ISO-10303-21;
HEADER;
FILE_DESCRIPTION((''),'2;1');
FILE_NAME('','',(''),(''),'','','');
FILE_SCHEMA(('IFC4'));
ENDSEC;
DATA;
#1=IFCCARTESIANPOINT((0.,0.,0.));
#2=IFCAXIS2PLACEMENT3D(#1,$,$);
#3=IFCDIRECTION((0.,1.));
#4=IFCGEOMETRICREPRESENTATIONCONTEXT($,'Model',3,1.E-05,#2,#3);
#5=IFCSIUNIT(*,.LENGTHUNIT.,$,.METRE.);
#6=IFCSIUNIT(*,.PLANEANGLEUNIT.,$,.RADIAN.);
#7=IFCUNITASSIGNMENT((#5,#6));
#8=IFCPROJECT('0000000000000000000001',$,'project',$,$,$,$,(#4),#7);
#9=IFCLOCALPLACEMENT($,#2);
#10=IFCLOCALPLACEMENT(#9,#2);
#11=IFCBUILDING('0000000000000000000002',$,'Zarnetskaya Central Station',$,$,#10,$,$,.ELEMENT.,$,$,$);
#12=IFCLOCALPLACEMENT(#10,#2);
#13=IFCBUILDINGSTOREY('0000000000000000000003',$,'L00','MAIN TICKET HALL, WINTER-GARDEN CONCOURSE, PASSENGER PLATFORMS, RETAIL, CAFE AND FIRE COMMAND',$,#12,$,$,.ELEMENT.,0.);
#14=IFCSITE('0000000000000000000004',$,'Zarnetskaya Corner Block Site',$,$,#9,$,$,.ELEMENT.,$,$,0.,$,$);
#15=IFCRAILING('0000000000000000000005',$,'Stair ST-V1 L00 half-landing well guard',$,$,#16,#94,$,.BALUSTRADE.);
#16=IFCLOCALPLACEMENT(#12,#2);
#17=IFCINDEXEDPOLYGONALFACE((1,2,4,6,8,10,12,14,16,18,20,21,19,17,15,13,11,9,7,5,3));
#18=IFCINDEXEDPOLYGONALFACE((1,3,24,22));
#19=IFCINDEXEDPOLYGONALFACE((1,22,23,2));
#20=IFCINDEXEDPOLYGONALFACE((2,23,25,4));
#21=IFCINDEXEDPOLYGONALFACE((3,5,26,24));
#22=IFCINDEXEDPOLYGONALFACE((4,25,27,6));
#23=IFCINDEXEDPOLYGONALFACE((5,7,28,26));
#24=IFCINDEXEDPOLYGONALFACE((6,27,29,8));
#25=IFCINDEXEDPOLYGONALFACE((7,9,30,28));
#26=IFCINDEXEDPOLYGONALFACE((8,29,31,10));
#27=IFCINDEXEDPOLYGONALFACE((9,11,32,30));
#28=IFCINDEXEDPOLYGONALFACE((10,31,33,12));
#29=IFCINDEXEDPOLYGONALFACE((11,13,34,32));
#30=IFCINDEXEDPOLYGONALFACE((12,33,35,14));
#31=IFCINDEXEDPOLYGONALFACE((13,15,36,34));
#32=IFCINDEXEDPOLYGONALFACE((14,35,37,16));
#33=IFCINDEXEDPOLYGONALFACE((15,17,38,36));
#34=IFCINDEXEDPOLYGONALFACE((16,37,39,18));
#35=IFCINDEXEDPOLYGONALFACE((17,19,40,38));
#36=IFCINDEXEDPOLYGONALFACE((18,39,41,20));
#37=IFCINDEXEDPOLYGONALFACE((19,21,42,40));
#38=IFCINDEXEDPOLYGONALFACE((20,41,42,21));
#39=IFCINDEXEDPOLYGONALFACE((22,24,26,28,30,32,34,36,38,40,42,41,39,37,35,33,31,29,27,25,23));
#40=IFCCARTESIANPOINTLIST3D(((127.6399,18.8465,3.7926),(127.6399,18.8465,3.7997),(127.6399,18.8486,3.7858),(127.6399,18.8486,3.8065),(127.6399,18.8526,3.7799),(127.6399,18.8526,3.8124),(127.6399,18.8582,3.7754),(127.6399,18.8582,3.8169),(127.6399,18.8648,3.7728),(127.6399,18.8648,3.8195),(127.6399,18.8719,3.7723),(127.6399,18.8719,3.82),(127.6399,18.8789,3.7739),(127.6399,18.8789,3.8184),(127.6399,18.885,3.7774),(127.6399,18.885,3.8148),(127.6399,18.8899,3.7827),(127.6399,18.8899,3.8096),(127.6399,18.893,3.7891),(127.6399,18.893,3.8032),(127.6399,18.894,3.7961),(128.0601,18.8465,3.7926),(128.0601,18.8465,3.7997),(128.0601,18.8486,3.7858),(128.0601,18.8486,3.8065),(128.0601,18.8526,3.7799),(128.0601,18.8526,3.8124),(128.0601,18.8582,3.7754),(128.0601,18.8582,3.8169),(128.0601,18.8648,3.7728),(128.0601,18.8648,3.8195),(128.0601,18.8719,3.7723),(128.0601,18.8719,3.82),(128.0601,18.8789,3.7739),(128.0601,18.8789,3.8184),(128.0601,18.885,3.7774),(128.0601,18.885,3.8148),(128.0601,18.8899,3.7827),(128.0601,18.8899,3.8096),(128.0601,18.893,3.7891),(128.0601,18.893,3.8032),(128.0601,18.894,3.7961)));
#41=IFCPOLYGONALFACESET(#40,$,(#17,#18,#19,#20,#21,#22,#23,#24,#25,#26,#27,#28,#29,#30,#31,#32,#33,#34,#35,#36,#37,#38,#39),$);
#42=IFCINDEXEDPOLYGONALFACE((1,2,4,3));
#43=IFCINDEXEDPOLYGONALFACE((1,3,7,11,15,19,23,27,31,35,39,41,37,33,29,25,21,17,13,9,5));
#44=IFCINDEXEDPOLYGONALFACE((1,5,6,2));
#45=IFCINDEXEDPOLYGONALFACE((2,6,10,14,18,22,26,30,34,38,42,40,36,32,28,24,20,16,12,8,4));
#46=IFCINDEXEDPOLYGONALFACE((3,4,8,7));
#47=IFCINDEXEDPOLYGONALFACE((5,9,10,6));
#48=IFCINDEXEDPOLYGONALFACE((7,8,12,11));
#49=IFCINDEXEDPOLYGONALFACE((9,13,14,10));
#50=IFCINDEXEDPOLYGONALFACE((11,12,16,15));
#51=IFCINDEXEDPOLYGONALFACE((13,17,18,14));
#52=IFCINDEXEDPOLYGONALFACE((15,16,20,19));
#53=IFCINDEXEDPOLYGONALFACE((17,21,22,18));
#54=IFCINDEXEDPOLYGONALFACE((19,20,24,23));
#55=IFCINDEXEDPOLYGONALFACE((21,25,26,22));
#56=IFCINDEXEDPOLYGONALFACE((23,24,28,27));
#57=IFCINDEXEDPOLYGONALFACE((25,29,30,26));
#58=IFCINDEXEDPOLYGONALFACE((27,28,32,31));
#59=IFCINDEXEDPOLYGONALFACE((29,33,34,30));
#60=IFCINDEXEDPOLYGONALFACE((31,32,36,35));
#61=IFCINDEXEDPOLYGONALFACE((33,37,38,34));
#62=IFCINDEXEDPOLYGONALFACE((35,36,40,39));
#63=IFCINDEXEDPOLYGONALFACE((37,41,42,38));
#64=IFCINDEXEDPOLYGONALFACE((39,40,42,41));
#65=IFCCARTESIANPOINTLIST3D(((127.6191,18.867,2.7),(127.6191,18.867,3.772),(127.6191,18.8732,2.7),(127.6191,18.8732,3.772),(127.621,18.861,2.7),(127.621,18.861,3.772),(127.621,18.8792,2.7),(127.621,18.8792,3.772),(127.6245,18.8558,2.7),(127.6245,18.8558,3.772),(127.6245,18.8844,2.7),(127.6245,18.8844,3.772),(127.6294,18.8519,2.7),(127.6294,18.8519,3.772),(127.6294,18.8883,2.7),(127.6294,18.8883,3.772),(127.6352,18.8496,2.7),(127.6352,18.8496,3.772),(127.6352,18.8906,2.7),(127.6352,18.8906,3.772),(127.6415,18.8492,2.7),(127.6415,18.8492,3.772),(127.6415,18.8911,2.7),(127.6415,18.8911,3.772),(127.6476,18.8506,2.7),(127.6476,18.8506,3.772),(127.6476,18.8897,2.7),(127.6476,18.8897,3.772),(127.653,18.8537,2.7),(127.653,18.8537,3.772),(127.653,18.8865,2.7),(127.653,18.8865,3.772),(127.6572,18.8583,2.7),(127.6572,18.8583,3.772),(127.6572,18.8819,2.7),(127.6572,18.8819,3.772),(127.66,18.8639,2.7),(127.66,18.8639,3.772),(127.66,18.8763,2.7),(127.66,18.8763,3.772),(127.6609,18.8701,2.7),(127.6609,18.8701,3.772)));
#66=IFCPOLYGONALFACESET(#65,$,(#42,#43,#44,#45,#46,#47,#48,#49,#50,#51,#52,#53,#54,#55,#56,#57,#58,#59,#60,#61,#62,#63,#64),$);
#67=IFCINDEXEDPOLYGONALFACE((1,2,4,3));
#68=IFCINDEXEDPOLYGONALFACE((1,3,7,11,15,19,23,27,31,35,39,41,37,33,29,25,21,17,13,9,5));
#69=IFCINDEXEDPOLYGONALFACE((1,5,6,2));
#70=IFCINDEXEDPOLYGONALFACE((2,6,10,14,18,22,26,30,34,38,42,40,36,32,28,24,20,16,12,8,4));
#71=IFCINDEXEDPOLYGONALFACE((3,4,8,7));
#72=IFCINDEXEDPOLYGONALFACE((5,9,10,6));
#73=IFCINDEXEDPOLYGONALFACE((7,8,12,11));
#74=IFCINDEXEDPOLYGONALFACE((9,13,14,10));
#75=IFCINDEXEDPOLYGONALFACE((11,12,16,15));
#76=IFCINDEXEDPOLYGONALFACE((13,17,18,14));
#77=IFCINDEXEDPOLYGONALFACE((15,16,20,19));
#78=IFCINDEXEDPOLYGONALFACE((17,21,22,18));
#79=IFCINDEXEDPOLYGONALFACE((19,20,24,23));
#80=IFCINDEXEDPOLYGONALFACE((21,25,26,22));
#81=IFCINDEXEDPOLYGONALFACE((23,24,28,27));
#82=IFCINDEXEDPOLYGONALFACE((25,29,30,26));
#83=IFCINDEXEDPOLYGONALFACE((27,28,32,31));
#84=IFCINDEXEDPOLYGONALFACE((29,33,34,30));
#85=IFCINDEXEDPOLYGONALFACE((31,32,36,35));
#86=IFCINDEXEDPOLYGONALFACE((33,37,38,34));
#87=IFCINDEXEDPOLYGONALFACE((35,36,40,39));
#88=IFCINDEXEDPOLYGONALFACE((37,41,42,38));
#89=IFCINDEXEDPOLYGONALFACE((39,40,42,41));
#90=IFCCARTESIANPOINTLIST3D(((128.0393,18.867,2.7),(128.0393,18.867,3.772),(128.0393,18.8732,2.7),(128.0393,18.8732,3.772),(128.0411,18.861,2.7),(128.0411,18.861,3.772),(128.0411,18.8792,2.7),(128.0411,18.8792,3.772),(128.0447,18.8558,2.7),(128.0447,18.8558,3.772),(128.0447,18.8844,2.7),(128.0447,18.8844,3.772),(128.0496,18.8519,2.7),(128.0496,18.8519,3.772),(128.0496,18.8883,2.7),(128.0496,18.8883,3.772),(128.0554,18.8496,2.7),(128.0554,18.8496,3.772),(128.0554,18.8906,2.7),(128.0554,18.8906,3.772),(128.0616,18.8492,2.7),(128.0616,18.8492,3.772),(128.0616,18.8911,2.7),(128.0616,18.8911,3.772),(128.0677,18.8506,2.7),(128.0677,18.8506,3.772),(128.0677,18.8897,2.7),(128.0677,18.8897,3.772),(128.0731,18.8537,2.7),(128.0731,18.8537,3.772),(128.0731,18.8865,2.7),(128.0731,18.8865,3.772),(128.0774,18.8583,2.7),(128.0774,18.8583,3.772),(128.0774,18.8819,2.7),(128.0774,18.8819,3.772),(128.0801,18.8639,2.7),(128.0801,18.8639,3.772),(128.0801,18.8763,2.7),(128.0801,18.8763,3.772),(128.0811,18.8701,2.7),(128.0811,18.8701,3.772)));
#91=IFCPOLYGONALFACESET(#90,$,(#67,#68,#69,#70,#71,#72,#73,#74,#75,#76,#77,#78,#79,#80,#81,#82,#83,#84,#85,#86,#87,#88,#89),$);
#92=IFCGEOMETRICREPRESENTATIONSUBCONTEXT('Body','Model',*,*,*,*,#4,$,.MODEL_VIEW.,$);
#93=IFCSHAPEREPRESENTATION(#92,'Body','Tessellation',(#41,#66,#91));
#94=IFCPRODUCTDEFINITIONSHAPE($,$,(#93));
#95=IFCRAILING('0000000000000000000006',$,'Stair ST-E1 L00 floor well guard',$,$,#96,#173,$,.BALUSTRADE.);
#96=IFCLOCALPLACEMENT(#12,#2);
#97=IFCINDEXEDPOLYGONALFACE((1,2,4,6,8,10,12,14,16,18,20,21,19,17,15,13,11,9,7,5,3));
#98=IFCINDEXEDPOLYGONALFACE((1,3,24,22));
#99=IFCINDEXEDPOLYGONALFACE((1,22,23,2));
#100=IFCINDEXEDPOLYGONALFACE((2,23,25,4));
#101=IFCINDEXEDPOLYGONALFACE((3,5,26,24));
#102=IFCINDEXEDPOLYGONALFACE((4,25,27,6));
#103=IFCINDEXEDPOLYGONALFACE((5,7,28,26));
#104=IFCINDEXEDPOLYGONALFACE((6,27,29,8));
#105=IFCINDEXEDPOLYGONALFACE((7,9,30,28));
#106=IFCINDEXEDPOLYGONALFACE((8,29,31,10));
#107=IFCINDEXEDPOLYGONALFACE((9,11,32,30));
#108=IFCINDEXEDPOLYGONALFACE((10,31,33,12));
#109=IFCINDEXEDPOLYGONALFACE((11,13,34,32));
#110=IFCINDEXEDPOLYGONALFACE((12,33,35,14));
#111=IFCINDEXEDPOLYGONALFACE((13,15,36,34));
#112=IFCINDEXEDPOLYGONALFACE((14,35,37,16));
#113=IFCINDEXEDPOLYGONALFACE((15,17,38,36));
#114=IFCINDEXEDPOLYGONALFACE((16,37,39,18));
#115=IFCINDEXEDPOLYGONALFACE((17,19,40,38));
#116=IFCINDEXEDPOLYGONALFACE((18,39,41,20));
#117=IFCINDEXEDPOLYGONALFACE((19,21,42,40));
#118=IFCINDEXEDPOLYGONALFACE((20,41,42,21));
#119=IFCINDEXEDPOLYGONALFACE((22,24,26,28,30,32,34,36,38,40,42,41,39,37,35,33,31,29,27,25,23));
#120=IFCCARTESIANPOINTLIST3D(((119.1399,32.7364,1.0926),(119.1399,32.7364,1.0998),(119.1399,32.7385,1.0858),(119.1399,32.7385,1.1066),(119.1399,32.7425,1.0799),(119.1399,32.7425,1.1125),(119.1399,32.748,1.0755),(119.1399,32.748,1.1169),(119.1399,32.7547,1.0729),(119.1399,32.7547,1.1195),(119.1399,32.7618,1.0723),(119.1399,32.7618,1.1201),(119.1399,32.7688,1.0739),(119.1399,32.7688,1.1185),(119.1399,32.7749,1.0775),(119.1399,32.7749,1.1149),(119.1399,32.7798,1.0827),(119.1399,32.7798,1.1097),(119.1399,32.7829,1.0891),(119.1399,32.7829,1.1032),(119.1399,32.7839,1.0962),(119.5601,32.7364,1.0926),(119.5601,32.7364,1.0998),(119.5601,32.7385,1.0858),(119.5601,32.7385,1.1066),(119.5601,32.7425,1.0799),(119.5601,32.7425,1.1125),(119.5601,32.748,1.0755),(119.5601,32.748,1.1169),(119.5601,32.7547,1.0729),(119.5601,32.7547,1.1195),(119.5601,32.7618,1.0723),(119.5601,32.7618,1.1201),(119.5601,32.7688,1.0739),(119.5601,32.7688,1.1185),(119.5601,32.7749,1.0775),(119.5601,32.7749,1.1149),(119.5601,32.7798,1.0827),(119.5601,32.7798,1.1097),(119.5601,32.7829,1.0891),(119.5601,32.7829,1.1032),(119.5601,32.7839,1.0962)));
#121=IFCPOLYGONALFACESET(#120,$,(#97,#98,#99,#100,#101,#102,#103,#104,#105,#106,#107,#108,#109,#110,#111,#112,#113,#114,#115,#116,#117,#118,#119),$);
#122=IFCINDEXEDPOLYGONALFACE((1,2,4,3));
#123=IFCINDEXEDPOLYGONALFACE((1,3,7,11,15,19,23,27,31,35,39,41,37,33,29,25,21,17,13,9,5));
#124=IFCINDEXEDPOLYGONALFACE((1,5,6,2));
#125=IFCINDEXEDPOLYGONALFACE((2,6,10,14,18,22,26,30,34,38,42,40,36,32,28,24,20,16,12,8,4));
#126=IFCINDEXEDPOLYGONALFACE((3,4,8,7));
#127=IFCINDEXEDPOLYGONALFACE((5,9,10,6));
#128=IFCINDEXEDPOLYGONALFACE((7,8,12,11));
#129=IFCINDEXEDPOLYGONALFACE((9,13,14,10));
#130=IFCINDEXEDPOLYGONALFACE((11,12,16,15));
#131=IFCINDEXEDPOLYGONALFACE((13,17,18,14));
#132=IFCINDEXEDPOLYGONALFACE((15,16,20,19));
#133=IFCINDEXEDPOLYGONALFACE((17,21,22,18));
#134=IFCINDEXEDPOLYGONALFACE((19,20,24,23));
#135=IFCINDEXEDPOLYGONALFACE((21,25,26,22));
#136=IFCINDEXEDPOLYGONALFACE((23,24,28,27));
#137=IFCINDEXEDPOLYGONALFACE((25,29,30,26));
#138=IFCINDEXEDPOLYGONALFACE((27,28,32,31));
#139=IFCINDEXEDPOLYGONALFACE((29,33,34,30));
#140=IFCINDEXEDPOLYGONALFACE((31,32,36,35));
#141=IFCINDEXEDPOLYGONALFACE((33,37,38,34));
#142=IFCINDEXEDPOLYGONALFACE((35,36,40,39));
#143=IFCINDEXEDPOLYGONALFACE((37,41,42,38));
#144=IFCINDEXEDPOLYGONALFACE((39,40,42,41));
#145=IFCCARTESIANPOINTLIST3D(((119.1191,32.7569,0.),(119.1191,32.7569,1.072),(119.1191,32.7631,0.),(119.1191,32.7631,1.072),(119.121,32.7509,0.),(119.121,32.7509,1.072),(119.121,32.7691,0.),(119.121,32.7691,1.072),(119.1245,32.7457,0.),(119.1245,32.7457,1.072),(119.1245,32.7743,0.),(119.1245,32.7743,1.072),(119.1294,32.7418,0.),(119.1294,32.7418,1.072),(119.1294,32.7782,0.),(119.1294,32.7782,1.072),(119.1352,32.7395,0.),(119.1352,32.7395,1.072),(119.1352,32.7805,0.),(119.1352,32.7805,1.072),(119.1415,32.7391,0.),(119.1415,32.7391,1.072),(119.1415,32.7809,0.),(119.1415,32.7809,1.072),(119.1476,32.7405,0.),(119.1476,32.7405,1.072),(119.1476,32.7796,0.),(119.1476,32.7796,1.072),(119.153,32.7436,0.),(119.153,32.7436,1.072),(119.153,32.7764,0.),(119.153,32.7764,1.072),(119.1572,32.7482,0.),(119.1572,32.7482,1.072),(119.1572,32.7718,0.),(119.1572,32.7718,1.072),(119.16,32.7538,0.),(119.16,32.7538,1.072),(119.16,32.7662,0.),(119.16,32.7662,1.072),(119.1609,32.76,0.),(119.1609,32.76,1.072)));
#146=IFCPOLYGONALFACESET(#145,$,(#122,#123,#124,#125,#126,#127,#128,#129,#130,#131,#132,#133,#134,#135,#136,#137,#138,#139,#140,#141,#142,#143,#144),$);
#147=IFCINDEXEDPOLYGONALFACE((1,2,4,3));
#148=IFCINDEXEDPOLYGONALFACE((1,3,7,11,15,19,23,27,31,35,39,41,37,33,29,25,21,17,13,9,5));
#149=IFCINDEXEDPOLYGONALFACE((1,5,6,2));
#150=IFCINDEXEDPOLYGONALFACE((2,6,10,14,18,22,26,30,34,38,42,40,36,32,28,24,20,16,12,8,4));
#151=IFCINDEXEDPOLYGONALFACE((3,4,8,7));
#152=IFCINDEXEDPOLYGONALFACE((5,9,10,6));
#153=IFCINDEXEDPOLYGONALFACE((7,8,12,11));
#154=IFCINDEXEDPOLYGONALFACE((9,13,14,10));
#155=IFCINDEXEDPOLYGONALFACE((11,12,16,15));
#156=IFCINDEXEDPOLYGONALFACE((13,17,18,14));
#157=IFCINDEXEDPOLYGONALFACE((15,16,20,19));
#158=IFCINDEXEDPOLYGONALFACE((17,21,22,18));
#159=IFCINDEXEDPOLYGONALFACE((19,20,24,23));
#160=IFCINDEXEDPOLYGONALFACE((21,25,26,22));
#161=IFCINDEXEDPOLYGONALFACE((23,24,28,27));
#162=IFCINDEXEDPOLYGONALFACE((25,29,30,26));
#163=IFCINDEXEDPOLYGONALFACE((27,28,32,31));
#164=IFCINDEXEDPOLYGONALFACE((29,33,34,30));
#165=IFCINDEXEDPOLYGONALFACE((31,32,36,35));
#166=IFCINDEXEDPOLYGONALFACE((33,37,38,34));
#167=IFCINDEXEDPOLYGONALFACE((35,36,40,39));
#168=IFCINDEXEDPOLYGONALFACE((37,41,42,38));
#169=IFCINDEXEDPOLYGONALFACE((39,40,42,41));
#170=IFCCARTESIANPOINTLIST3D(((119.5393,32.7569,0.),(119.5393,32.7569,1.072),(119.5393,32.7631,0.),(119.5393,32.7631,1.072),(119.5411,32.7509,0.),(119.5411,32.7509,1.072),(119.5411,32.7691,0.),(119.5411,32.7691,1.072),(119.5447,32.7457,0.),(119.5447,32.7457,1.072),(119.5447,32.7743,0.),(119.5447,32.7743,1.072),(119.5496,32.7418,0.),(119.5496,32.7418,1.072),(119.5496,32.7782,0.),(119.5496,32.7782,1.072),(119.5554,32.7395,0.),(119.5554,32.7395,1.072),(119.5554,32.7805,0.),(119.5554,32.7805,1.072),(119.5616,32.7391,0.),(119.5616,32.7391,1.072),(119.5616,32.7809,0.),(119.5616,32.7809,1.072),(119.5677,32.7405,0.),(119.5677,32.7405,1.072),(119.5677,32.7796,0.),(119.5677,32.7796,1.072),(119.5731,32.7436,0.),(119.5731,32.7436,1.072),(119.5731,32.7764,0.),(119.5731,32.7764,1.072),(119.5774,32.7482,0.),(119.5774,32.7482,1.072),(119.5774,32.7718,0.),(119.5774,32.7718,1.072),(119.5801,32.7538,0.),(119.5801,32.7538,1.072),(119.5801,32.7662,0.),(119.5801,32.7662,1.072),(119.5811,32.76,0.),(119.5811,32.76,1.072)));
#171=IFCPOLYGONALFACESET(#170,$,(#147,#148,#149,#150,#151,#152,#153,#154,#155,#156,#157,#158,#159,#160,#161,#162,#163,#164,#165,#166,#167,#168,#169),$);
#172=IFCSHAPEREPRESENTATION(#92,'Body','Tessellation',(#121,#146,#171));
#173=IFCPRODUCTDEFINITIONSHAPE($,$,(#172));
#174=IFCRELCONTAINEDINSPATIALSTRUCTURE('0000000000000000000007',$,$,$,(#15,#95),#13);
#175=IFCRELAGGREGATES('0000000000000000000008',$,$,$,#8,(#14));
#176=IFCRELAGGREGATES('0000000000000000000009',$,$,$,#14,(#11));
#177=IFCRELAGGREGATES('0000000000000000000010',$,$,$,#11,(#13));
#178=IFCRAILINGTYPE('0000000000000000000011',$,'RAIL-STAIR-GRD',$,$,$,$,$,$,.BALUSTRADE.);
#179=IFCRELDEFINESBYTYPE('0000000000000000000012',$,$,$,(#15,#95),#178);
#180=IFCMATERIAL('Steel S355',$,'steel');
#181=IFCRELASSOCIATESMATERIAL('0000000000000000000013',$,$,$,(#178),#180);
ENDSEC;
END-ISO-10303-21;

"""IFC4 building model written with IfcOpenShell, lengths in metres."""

from ifc_helpers import new_model, si_unit, direction, frame, origin, origin_2d, place, context, subcontext, project, spatial, circle, extrude, material, type_object, element, save


model = new_model("IFC4")

# Units and contexts
model_context = context("Model", 3, precision=1e-05, world=origin(), true_north=direction((0.0, 1.0)))
body_context = subcontext(model_context, "Body", "Model", "MODEL_VIEW")
ifc_project = project(units=[si_unit("LENGTHUNIT", "METRE"), si_unit("PLANEANGLEUNIT", "RADIAN")], contexts=[model_context])

# Site, building, storey
site_placement = place(None, origin())
site = spatial("IfcSite", under=ifc_project, at=site_placement, Name="Zarnetskaya Corner Block Site", CompositionType="ELEMENT", RefElevation=0.0)
building_placement = place(site_placement, origin())
building = spatial("IfcBuilding", under=site, at=building_placement, Name="Zarnetskaya Central Station", CompositionType="ELEMENT")
storey_placement = place(building_placement, origin())
storey = spatial("IfcBuildingStorey", under=building, at=storey_placement, Name="L00", Description="MAIN TICKET HALL, WINTER-GARDEN CONCOURSE, PASSENGER PLATFORMS, RETAIL, CAFE AND FIRE COMMAND", CompositionType="ELEMENT", Elevation=0.0)

# Shared definitions
ifc_material_1 = material(Name="Steel S355", Category="steel")

# Railings
railing_type_1 = type_object("IfcRailingType", Name="RAIL-STAIR-GRD", PredefinedType="BALUSTRADE", material=ifc_material_1)
for number, where, name in (
    (1, (127.6399, 18.8701, 2.7), "Stair ST-V1 L00 half-landing well guard"),
    (2, (119.1399, 32.76, 0.0), "Stair ST-E1 L00 floor well guard"),
):
    element("IfcRailing", number, at=place(storey_placement, frame(where)), inside=storey, type_object=railing_type_1, Name=name, PredefinedType="BALUSTRADE", context=body_context, shape_type="SweptSolid", body=[
        extrude(circle(Radius=0.0239, at=origin_2d()), frame((0.0, 0.0, 1.0962), z_axis=(1.0, 0.0, 0.0), x_axis=(0.0, 1.0, 0.0)), (0.0, 0.0, 1.0), 0.4202),
        extrude(circle(Radius=0.021, at=origin_2d()), origin(), (0.0, 0.0, 1.0), 1.072),
        extrude(circle(Radius=0.021, at=origin_2d()), frame((0.4202, 0.0, 0.0)), (0.0, 0.0, 1.0), 1.072),
    ])

save(model, "model.ifc")
